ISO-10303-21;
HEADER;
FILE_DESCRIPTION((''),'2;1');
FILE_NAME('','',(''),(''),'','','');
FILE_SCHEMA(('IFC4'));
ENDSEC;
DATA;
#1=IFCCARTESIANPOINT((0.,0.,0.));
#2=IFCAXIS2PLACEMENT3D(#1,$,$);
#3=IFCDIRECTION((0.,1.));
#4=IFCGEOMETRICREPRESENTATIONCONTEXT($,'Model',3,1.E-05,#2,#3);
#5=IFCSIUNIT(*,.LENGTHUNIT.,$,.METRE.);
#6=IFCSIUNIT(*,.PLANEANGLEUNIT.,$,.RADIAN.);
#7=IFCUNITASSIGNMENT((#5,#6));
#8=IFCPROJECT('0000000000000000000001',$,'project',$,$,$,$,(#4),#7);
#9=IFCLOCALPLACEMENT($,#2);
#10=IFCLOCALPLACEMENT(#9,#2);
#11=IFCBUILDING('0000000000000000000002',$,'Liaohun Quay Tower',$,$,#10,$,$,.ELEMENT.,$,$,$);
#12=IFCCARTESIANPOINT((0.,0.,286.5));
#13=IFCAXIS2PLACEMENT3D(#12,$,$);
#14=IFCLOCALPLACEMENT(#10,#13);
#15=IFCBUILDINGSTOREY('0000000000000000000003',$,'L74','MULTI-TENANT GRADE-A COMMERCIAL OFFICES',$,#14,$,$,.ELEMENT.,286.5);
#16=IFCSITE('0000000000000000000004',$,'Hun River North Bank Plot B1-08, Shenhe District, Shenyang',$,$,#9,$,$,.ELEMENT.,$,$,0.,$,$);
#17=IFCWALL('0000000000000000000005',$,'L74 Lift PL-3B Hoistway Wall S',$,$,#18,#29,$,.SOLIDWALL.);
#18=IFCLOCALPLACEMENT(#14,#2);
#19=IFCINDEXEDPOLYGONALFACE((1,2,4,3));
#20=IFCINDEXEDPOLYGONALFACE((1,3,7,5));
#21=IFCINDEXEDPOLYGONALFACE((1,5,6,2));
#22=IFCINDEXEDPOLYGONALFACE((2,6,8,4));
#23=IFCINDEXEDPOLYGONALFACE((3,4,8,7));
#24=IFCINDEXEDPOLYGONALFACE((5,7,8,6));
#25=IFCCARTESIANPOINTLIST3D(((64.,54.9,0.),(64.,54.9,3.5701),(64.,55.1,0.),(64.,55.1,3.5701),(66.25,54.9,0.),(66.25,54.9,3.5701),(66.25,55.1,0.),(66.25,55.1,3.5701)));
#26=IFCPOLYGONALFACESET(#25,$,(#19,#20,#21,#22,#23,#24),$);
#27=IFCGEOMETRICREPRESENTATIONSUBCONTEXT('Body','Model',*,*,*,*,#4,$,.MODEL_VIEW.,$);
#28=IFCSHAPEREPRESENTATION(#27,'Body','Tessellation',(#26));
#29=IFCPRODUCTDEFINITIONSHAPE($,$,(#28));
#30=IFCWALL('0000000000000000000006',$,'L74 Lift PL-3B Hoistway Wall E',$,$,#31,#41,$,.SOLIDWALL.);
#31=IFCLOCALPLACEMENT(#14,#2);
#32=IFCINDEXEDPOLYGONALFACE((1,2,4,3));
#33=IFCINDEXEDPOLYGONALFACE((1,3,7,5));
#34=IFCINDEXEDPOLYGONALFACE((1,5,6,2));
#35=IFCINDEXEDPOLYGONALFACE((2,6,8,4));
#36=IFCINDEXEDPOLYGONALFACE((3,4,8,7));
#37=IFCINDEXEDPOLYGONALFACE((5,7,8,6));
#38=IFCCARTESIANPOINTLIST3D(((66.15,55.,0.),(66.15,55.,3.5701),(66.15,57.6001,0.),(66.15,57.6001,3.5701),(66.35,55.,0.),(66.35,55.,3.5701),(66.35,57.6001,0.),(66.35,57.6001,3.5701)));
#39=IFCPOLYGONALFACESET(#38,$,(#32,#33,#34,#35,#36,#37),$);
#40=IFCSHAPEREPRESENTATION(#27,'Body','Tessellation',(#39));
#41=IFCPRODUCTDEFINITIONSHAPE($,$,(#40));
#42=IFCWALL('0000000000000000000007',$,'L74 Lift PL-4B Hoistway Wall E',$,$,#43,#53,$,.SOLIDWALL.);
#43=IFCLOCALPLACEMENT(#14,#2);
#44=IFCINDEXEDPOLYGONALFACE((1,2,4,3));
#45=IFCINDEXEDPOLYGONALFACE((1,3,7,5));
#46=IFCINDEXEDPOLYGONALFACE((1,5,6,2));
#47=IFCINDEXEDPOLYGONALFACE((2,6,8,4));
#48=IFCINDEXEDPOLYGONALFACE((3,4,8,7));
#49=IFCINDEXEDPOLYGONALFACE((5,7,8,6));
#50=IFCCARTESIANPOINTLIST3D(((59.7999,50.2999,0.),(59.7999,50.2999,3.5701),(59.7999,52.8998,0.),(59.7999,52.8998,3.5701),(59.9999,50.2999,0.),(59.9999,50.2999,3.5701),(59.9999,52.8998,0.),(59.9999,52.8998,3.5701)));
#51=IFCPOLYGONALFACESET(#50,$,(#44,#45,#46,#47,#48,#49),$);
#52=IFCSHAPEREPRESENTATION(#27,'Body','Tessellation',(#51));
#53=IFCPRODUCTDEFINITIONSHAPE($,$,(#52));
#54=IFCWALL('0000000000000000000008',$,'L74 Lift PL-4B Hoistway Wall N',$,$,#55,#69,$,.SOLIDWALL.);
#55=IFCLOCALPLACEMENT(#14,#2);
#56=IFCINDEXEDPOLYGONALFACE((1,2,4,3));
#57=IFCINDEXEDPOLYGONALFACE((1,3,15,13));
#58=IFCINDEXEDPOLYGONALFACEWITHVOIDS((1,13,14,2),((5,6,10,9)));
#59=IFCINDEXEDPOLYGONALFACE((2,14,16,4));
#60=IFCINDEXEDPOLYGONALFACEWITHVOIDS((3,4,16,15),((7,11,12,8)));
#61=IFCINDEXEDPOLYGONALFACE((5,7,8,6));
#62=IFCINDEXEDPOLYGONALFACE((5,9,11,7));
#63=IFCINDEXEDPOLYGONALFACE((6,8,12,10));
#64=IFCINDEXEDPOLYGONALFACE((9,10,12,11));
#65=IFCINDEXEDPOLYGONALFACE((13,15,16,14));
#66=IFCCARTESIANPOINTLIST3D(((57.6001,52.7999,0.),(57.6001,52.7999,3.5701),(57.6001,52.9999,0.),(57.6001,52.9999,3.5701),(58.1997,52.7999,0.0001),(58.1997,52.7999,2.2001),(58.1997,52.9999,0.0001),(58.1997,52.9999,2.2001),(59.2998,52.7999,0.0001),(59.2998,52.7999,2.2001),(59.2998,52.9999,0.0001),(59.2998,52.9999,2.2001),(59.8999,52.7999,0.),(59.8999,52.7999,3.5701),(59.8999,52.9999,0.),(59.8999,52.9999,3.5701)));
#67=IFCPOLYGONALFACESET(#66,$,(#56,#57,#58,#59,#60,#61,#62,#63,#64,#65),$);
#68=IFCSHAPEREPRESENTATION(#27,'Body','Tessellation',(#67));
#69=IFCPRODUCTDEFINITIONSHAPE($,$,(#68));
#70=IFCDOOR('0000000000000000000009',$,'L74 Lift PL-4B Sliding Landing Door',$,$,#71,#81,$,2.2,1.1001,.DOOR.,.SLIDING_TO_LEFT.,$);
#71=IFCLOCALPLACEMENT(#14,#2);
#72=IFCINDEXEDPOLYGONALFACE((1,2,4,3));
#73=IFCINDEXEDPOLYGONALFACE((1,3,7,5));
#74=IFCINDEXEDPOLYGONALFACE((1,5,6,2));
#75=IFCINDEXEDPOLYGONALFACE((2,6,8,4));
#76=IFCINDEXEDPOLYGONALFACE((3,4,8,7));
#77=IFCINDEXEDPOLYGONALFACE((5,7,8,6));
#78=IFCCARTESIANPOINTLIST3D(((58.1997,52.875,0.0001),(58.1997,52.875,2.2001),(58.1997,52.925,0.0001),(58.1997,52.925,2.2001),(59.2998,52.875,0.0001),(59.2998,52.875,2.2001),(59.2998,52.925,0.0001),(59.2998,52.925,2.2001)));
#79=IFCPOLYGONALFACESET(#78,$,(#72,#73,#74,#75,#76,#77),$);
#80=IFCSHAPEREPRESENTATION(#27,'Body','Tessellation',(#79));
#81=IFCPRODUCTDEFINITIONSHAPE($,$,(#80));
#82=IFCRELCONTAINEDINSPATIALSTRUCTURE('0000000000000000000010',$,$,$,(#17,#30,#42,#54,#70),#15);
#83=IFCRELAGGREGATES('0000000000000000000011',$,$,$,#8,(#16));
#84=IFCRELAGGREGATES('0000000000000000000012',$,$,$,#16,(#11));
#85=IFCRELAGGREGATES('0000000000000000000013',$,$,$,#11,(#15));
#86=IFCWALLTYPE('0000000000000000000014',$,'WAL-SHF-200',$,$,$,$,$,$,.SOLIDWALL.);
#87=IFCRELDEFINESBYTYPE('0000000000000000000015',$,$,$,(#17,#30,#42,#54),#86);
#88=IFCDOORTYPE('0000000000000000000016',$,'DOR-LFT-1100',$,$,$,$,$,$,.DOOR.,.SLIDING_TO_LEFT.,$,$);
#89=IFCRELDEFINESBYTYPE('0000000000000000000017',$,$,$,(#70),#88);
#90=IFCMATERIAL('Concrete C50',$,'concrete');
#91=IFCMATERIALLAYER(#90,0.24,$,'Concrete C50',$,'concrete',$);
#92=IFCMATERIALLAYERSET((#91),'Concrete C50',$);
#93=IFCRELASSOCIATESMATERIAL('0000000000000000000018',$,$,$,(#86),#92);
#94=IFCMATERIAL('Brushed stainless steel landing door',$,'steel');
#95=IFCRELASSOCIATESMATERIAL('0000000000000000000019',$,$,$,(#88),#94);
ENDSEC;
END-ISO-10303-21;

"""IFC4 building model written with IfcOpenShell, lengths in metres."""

from ifc_helpers import new_model, si_unit, direction, frame, frame_2d, origin, place, context, subcontext, project, spatial, rectangle, extrude, source, transform, mapped, material, layer, layer_set, type_object, element, fill, save


model = new_model("IFC4")

# Units and contexts
model_context = context("Model", 3, precision=1e-05, world=origin(), true_north=direction((0.0, 1.0)))
body_context = subcontext(model_context, "Body", "Model", "MODEL_VIEW")
ifc_project = project(units=[si_unit("LENGTHUNIT", "METRE"), si_unit("PLANEANGLEUNIT", "RADIAN")], contexts=[model_context])

# Site, building, storey
site_placement = place(None, origin())
site = spatial("IfcSite", under=ifc_project, at=site_placement, Name="Hun River North Bank Plot B1-08, Shenhe District, Shenyang", CompositionType="ELEMENT", RefElevation=0.0)
building_placement = place(site_placement, origin())
building = spatial("IfcBuilding", under=site, at=building_placement, Name="Liaohun Quay Tower", CompositionType="ELEMENT")
storey_placement = place(building_placement, frame((0.0, 0.0, 286.5)))
storey = spatial("IfcBuildingStorey", under=building, at=storey_placement, Name="L74", Description="MULTI-TENANT GRADE-A COMMERCIAL OFFICES", CompositionType="ELEMENT", Elevation=286.5)

# Shared definitions
ifc_material_1 = material(Name="Concrete C50", Category="concrete")
ifc_layer_1 = layer(ifc_material_1, 0.24, Name="Concrete C50", Category="concrete")
ifc_layer_set_1 = layer_set([ifc_layer_1], Name="Concrete C50")
wall_type_1 = type_object("IfcWallType", Name="WAL-SHF-200", PredefinedType="SOLIDWALL", material=ifc_layer_set_1)

# Walls
wall_1_placement = place(storey_placement, frame((64.0, 55.0, 0.0), z_axis=(0.0, 0.0, 1.0), x_axis=(1.0, 0.0, 0.0)))
element("IfcWall", 1, at=wall_1_placement, inside=storey, type_object=wall_type_1, Name="L74 Lift PL-3B Hoistway Wall S", PredefinedType="SOLIDWALL", context=body_context, shape_type="SweptSolid", body=[
    extrude(rectangle(XDim=2.25, YDim=0.2, at=frame_2d((1.125, 0.0))), origin(), (0.0, 0.0, 1.0), 3.5701),
])
wall_2_placement = place(storey_placement, frame((66.25, 55.0, 0.0), z_axis=(0.0, 0.0, 1.0), x_axis=(0.0, 1.0, 0.0)))
element("IfcWall", 2, at=wall_2_placement, inside=storey, type_object=wall_type_1, Name="L74 Lift PL-3B Hoistway Wall E", PredefinedType="SOLIDWALL", context=body_context, shape_type="SweptSolid", body=[
    extrude(rectangle(XDim=2.6001, YDim=0.2, at=frame_2d((1.3, 0.0))), origin(), (0.0, 0.0, 1.0), 3.5701),
])
wall_3_placement = place(storey_placement, frame((59.8999, 50.3, 0.0), z_axis=(0.0, 0.0, 1.0), x_axis=(0.0, 1.0, 0.0)))
element("IfcWall", 3, at=wall_3_placement, inside=storey, type_object=wall_type_1, Name="L74 Lift PL-4B Hoistway Wall E", PredefinedType="SOLIDWALL", context=body_context, shape_type="SweptSolid", body=[
    extrude(rectangle(XDim=2.5999, YDim=0.2, at=frame_2d((1.2998, 0.0))), origin(), (0.0, 0.0, 1.0), 3.5701),
])

# Wall, opening, door
wall_4_placement = place(storey_placement, frame((59.8999, 52.8999, 0.0), z_axis=(0.0, 0.0, 1.0), x_axis=(-1.0, 0.0, 0.0)))
wall_4 = element("IfcWall", 4, at=wall_4_placement, inside=storey, type_object=wall_type_1, Name="L74 Lift PL-4B Hoistway Wall N", PredefinedType="SOLIDWALL", context=body_context, shape_type="SweptSolid", body=[
    extrude(rectangle(XDim=2.2998, YDim=0.2, at=frame_2d((1.1499, 0.0))), origin(), (0.0, 0.0, 1.0), 3.5701),
])
shared_shape_1 = source(origin(), body_context, "Body", "SweptSolid", [
    extrude(rectangle(XDim=1.1001, YDim=2.2, at=frame_2d((0.55, 1.1001))), frame((0.0, 0.1099, 0.0), z_axis=(0.0, -1.0, 0.0), x_axis=(1.0, 0.0, 0.0)), (0.0, 0.0, 1.0), 0.22),
])
opening_1_placement = place(wall_4_placement, frame((0.6001, 0.0, 0.0)))
opening_1 = element("IfcOpeningElement", 5, at=opening_1_placement, cuts=wall_4, PredefinedType="OPENING", context=body_context, shape_type="MappedRepresentation", body=[
    mapped(shared_shape_1, transform((0.0, 0.0, 0.0), x_axis=(1.0, 0.0, 0.0), y_axis=(0.0, 1.0, 0.0), z_axis=(0.0, 0.0, 1.0), scale=1.0)),
])
ifc_material_2 = material(Name="Brushed stainless steel landing door", Category="steel")
door_type_1 = type_object("IfcDoorType", Name="DOR-LFT-1100", OperationType="SLIDING_TO_LEFT", PredefinedType="DOOR", material=ifc_material_2)
shared_shape_2 = source(origin(), body_context, "Body", "SweptSolid", [
    extrude(rectangle(XDim=1.1001, YDim=2.2, at=frame_2d((0.55, 1.1001))), frame((0.0, 0.0249, 0.0), z_axis=(0.0, -1.0, 0.0), x_axis=(1.0, 0.0, 0.0)), (0.0, 0.0, 1.0), 0.05),
])
door_1_placement = place(opening_1_placement, origin())
door_1 = element("IfcDoor", 6, at=door_1_placement, inside=storey, type_object=door_type_1, Name="L74 Lift PL-4B Sliding Landing Door", OperationType="SLIDING_TO_LEFT", OverallHeight=2.2, OverallWidth=1.1001, PredefinedType="DOOR", context=body_context, shape_type="MappedRepresentation", body=[
    mapped(shared_shape_2, transform((0.0, 0.0, 0.0), x_axis=(1.0, 0.0, 0.0), y_axis=(0.0, 1.0, 0.0), z_axis=(0.0, 0.0, 1.0), scale=1.0)),
])
fill(opening_1, door_1)

save(model, "model.ifc")
